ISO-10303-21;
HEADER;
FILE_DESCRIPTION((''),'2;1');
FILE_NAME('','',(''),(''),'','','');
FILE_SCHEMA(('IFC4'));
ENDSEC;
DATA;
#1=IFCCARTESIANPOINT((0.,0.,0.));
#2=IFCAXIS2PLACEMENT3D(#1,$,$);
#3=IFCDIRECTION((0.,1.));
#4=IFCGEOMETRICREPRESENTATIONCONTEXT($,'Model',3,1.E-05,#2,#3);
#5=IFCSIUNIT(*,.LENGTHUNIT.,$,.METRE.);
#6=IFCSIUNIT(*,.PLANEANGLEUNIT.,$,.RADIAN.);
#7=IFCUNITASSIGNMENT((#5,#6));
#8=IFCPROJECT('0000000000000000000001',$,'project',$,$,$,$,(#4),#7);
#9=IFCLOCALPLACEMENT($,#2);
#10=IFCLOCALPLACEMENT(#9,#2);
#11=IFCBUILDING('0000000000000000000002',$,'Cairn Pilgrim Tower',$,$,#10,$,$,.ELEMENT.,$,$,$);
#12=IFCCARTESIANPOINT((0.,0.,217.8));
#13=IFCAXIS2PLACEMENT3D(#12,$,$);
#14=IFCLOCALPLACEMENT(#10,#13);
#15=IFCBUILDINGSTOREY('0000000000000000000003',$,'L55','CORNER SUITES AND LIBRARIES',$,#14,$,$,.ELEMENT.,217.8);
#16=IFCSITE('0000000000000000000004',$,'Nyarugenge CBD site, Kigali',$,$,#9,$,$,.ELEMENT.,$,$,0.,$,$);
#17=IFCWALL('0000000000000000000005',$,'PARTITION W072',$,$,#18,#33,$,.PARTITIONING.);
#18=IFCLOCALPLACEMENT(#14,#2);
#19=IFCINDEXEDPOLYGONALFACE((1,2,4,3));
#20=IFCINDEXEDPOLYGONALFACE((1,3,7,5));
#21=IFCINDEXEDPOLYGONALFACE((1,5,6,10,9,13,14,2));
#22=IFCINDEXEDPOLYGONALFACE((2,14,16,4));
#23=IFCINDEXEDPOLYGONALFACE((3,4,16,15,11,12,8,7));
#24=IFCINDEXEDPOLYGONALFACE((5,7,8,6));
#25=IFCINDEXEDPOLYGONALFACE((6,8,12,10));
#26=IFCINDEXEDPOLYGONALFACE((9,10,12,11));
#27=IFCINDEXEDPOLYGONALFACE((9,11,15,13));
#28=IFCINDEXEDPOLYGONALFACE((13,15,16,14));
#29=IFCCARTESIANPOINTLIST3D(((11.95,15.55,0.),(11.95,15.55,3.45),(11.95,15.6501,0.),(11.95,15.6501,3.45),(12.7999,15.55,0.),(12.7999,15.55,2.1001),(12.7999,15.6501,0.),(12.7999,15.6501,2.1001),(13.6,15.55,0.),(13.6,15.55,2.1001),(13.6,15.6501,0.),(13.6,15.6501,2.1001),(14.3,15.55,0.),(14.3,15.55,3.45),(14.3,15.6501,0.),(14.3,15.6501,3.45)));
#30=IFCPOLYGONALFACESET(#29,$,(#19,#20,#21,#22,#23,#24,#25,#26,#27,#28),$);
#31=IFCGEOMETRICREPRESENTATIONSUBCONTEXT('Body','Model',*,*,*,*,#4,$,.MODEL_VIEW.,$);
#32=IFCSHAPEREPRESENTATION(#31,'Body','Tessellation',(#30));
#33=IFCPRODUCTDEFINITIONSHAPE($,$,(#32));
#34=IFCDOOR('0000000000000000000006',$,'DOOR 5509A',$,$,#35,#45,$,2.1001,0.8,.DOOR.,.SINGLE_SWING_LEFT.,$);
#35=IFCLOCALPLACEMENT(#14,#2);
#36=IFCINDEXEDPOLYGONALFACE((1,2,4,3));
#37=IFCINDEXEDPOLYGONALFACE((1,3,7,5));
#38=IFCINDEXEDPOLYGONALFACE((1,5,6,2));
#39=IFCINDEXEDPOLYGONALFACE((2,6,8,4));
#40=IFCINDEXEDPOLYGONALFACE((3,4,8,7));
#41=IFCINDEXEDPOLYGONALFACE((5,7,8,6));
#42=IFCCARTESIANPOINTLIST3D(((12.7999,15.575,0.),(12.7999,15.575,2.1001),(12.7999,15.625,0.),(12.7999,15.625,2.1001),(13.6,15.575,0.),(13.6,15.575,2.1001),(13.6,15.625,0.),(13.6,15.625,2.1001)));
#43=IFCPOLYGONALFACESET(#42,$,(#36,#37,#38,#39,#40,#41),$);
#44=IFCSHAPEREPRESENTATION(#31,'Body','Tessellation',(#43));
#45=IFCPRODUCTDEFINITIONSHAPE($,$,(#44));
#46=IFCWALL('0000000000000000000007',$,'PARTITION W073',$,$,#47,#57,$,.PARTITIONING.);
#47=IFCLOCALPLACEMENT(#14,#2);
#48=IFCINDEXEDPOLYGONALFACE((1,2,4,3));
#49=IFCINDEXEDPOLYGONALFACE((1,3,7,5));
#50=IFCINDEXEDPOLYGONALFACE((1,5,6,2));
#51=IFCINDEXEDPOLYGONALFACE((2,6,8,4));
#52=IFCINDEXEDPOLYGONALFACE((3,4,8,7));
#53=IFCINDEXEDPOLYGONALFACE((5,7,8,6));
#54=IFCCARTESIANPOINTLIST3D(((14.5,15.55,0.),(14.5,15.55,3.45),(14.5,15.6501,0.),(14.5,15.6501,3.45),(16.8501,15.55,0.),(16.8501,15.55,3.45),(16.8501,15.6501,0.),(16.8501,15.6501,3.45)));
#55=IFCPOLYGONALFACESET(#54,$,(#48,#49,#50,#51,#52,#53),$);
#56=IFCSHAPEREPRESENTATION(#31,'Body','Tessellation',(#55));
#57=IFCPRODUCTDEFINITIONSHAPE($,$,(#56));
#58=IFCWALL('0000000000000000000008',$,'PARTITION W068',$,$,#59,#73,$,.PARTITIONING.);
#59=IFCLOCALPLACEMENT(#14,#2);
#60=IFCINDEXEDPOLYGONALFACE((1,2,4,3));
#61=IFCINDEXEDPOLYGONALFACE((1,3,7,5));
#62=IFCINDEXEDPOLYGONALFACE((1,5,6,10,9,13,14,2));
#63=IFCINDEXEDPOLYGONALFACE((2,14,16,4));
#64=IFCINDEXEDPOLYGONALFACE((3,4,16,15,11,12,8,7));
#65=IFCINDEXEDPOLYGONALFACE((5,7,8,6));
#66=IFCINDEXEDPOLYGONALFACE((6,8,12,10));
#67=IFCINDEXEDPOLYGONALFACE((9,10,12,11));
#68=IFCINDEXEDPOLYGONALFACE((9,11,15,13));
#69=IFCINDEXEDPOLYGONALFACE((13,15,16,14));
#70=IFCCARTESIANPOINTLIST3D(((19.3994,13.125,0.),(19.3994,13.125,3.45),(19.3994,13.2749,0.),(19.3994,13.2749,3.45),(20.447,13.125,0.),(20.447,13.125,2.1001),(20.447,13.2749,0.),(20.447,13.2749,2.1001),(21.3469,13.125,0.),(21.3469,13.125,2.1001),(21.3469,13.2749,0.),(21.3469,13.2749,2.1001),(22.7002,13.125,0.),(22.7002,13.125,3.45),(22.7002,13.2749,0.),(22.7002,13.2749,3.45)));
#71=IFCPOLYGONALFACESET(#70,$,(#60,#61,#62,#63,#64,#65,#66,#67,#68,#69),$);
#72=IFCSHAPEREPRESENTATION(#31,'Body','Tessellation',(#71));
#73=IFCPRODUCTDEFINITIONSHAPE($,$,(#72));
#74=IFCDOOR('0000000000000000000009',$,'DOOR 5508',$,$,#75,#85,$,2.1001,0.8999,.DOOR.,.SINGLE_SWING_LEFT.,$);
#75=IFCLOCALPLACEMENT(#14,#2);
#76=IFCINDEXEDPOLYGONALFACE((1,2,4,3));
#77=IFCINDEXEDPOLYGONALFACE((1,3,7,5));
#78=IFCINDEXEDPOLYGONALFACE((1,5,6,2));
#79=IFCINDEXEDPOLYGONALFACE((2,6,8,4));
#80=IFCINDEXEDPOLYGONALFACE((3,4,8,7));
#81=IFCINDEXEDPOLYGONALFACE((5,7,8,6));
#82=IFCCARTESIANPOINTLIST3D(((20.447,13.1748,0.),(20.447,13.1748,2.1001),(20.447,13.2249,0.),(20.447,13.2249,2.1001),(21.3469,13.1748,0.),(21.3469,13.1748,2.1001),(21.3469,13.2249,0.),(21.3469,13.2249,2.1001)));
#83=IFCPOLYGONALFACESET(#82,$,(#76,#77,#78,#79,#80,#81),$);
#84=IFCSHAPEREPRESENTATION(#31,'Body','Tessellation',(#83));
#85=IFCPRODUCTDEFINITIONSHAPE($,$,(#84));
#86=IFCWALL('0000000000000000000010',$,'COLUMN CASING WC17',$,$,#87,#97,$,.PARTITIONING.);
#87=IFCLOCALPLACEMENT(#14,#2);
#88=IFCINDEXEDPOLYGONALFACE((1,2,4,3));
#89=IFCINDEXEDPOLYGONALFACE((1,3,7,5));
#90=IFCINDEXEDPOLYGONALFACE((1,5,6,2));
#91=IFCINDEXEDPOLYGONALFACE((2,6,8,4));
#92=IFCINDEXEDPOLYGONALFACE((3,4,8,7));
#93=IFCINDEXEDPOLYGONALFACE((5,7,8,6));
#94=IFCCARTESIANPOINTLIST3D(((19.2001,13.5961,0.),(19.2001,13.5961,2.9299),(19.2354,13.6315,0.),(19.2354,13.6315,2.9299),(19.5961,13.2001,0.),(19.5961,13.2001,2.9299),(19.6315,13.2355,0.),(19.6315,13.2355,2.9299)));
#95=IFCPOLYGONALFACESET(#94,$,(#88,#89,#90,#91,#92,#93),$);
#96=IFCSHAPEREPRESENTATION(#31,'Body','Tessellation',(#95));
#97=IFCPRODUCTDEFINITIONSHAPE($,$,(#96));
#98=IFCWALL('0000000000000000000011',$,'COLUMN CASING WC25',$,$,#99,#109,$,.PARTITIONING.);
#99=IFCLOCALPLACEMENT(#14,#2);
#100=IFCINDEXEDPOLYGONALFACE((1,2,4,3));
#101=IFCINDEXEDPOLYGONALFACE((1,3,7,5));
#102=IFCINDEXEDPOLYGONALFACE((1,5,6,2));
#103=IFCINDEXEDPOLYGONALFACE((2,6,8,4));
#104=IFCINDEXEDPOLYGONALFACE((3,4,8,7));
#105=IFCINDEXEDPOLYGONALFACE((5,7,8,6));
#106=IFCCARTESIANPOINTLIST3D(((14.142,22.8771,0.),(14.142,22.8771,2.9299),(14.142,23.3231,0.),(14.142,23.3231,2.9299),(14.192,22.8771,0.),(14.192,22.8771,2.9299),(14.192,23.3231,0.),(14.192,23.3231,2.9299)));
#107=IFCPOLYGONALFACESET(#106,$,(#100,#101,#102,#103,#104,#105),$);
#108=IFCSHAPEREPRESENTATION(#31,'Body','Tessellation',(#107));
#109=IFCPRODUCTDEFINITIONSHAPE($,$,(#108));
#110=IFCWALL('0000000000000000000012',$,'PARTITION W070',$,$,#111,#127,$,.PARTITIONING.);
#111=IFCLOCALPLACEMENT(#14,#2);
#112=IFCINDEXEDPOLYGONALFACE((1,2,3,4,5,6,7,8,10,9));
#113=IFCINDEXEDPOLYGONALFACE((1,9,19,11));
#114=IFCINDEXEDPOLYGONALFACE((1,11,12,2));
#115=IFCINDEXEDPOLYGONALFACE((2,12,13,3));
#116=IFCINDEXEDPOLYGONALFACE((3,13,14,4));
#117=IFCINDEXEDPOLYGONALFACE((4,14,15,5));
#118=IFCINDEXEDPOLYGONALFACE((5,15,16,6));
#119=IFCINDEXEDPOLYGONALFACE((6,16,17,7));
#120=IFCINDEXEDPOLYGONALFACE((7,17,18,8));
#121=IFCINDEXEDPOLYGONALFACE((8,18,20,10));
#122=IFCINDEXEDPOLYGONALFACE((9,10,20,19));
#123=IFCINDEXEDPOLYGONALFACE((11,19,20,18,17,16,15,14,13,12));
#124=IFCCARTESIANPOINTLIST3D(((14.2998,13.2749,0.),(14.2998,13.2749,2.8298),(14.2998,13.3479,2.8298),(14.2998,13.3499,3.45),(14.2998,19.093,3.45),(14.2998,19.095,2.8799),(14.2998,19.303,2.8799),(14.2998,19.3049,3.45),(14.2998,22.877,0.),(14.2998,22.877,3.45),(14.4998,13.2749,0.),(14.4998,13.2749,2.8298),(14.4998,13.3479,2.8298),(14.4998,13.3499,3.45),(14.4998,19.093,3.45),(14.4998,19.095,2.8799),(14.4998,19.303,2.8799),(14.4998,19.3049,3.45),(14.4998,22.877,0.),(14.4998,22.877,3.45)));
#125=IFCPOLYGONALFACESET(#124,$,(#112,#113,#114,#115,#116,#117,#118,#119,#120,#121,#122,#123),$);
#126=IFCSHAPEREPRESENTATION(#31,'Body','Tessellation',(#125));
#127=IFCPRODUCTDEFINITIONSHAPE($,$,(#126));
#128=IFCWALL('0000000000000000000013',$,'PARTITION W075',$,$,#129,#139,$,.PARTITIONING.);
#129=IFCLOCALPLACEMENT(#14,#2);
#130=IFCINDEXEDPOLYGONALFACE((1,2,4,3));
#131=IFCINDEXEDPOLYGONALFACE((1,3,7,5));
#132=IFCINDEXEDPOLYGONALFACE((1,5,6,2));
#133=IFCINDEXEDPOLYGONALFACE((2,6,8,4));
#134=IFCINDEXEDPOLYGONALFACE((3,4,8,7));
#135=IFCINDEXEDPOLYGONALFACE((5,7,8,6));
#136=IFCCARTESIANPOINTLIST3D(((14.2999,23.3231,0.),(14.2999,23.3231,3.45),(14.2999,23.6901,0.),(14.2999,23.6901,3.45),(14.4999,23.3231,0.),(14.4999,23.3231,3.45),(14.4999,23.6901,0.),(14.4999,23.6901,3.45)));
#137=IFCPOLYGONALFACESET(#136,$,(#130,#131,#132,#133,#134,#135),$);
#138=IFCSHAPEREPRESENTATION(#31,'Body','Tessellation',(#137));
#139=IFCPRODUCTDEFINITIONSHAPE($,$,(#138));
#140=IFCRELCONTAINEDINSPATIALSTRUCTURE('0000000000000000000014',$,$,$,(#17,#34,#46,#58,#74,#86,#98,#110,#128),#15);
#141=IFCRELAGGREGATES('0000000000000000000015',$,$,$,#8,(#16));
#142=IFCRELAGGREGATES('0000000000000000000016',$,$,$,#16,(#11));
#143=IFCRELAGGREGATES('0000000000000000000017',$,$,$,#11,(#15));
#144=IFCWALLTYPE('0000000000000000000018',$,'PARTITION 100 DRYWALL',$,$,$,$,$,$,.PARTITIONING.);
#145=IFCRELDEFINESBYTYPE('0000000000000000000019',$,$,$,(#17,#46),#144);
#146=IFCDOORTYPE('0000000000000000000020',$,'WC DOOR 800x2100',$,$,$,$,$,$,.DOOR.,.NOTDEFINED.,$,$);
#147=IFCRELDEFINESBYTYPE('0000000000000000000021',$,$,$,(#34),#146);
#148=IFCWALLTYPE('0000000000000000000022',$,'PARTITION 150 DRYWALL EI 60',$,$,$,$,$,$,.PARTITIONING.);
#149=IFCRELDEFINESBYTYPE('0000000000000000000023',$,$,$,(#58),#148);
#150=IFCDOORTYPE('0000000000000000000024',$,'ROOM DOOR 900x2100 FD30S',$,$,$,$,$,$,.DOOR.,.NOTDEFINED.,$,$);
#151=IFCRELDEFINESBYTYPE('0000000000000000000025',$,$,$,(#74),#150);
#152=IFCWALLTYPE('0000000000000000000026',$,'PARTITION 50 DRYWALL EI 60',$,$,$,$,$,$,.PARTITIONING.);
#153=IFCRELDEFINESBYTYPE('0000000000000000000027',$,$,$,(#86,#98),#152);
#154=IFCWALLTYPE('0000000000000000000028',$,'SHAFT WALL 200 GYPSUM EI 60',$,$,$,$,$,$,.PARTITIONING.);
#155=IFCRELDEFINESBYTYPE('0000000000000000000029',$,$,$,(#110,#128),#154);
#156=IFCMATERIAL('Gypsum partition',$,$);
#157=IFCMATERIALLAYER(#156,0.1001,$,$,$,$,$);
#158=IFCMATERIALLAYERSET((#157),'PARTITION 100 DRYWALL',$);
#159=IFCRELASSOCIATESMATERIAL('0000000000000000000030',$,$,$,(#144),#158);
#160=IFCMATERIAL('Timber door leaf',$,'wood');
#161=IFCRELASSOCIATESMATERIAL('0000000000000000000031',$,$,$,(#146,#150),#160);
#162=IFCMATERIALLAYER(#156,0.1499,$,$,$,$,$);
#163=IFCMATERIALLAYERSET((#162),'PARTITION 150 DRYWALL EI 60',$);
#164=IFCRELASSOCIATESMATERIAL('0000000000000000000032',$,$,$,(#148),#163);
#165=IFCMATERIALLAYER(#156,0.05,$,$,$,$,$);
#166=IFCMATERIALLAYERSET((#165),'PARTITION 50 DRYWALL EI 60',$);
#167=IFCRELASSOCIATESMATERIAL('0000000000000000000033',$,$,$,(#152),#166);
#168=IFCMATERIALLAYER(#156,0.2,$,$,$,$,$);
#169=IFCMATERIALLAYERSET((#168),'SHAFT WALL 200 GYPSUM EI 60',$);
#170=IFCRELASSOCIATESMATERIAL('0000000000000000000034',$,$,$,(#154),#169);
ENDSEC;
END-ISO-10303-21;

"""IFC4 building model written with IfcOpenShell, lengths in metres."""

from ifc_helpers import new_model, si_unit, direction, frame, frame_2d, origin, place, context, subcontext, project, spatial, polyline, rectangle, outline, extrude, material, layer, layer_set, type_object, element, fill, save


model = new_model("IFC4")

# Units and contexts
model_context = context("Model", 3, precision=1e-05, world=origin(), true_north=direction((0.0, 1.0)))
body_context = subcontext(model_context, "Body", "Model", "MODEL_VIEW")
ifc_project = project(units=[si_unit("LENGTHUNIT", "METRE"), si_unit("PLANEANGLEUNIT", "RADIAN")], contexts=[model_context])

# Site, building, storey
site_placement = place(None, origin())
site = spatial("IfcSite", under=ifc_project, at=site_placement, Name="Nyarugenge CBD site, Kigali", CompositionType="ELEMENT", RefElevation=0.0)
building_placement = place(site_placement, origin())
building = spatial("IfcBuilding", under=site, at=building_placement, Name="Cairn Pilgrim Tower", CompositionType="ELEMENT")
storey_placement = place(building_placement, frame((0.0, 0.0, 217.8)))
storey = spatial("IfcBuildingStorey", under=building, at=storey_placement, Name="L55", Description="CORNER SUITES AND LIBRARIES", CompositionType="ELEMENT", Elevation=217.8)

# Shared definitions
ifc_material_1 = material(Name="Gypsum partition")
ifc_layer_1 = layer(ifc_material_1, 0.1001)
ifc_layer_set_1 = layer_set([ifc_layer_1], Name="PARTITION 100 DRYWALL")
wall_type_1 = type_object("IfcWallType", Name="PARTITION 100 DRYWALL", PredefinedType="PARTITIONING", material=ifc_layer_set_1)

# Wall, opening, door
ifc_material_2 = material(Name="Timber door leaf", Category="wood")
door_type_1 = type_object("IfcDoorType", Name="WC DOOR 800x2100", OperationType="NOTDEFINED", PredefinedType="DOOR", material=ifc_material_2)
wall_1_placement = place(storey_placement, frame((11.95, 15.6001, 0.0), z_axis=(0.0, 0.0, 1.0), x_axis=(1.0, 0.0, 0.0)))
wall_1 = element("IfcWall", 1, at=wall_1_placement, inside=storey, type_object=wall_type_1, Name="PARTITION W072", PredefinedType="PARTITIONING", context=body_context, shape_type="SweptSolid", body=[
    extrude(rectangle(XDim=2.3501, YDim=0.1001, at=frame_2d((1.175, 0.0))), origin(), (0.0, 0.0, 1.0), 3.45),
])
opening_1_placement = place(wall_1_placement, frame((0.8501, 0.0, 0.0)))
opening_1 = element("IfcOpeningElement", 2, at=opening_1_placement, cuts=wall_1, PredefinedType="OPENING", context=body_context, shape_type="SweptSolid", body=[
    extrude(rectangle(XDim=0.8, YDim=2.1001, at=frame_2d((0.3999, 1.05))), frame((0.0, 0.0601, 0.0), z_axis=(0.0, -1.0, 0.0), x_axis=(1.0, 0.0, 0.0)), (0.0, 0.0, 1.0), 0.1201),
])
door_1_placement = place(opening_1_placement, origin())
door_1 = element("IfcDoor", 3, at=door_1_placement, inside=storey, type_object=door_type_1, Name="DOOR 5509A", OperationType="SINGLE_SWING_LEFT", OverallHeight=2.1001, OverallWidth=0.8, PredefinedType="DOOR", context=body_context, shape_type="SweptSolid", body=[
    extrude(rectangle(XDim=0.8, YDim=2.1001, at=frame_2d((0.3999, 1.05))), frame((0.0, 0.0249, 0.0), z_axis=(0.0, -1.0, 0.0), x_axis=(1.0, 0.0, 0.0)), (0.0, 0.0, 1.0), 0.05),
])
fill(opening_1, door_1)

# Wall
wall_2_placement = place(storey_placement, frame((14.5, 15.6001, 0.0), z_axis=(0.0, 0.0, 1.0), x_axis=(1.0, 0.0, 0.0)))
element("IfcWall", 4, at=wall_2_placement, inside=storey, type_object=wall_type_1, Name="PARTITION W073", PredefinedType="PARTITIONING", context=body_context, shape_type="SweptSolid", body=[
    extrude(rectangle(XDim=2.3501, YDim=0.1001, at=frame_2d((1.175, 0.0))), origin(), (0.0, 0.0, 1.0), 3.45),
])

# Wall, opening, door
ifc_layer_2 = layer(ifc_material_1, 0.1499)
ifc_layer_set_2 = layer_set([ifc_layer_2], Name="PARTITION 150 DRYWALL EI 60")
wall_type_2 = type_object("IfcWallType", Name="PARTITION 150 DRYWALL EI 60", PredefinedType="PARTITIONING", material=ifc_layer_set_2)
wall_3_placement = place(storey_placement, frame((19.3994, 13.2, 0.0), z_axis=(0.0, 0.0, 1.0), x_axis=(1.0, 0.0, 0.0)))
wall_3 = element("IfcWall", 5, at=wall_3_placement, inside=storey, type_object=wall_type_2, Name="PARTITION W068", PredefinedType="PARTITIONING", context=body_context, shape_type="SweptSolid", body=[
    extrude(rectangle(XDim=3.3008, YDim=0.1499, at=frame_2d((1.6504, 0.0))), origin(), (0.0, 0.0, 1.0), 3.45),
])
opening_2_placement = place(wall_3_placement, frame((1.0476, 0.0, 0.0)))
opening_2 = element("IfcOpeningElement", 6, at=opening_2_placement, cuts=wall_3, PredefinedType="OPENING", context=body_context, shape_type="SweptSolid", body=[
    extrude(rectangle(XDim=0.8999, YDim=2.1001, at=frame_2d((0.45, 1.05))), frame((0.0, 0.085, 0.0), z_axis=(0.0, -1.0, 0.0), x_axis=(1.0, 0.0, 0.0)), (0.0, 0.0, 1.0), 0.1699),
])
door_type_2 = type_object("IfcDoorType", Name="ROOM DOOR 900x2100 FD30S", OperationType="NOTDEFINED", PredefinedType="DOOR", material=ifc_material_2)
door_2_placement = place(opening_2_placement, origin())
door_2 = element("IfcDoor", 7, at=door_2_placement, inside=storey, type_object=door_type_2, Name="DOOR 5508", OperationType="SINGLE_SWING_LEFT", OverallHeight=2.1001, OverallWidth=0.8999, PredefinedType="DOOR", context=body_context, shape_type="SweptSolid", body=[
    extrude(rectangle(XDim=0.8999, YDim=2.1001, at=frame_2d((0.45, 1.05))), frame((0.0, 0.0249, 0.0), z_axis=(0.0, -1.0, 0.0), x_axis=(1.0, 0.0, 0.0)), (0.0, 0.0, 1.0), 0.05),
])
fill(opening_2, door_2)

# Walls
ifc_layer_3 = layer(ifc_material_1, 0.05)
ifc_layer_set_3 = layer_set([ifc_layer_3], Name="PARTITION 50 DRYWALL EI 60")
wall_type_3 = type_object("IfcWallType", Name="PARTITION 50 DRYWALL EI 60", PredefinedType="PARTITIONING", material=ifc_layer_set_3)
wall_4_placement = place(storey_placement, frame((19.6138, 13.2178, 0.0), z_axis=(0.0, 0.0, 1.0), x_axis=(-0.707107, 0.707107, 0.0)))
element("IfcWall", 8, at=wall_4_placement, inside=storey, type_object=wall_type_3, Name="COLUMN CASING WC17", PredefinedType="PARTITIONING", context=body_context, shape_type="SweptSolid", body=[
    extrude(rectangle(XDim=0.5601, YDim=0.05, at=frame_2d((0.28, 0.0))), origin(), (0.0, 0.0, 1.0), 2.9299),
])
wall_5_placement = place(storey_placement, frame((14.167, 22.877, 0.0), z_axis=(0.0, 0.0, 1.0), x_axis=(0.0, 1.0, 0.0)))
element("IfcWall", 9, at=wall_5_placement, inside=storey, type_object=wall_type_3, Name="COLUMN CASING WC25", PredefinedType="PARTITIONING", context=body_context, shape_type="SweptSolid", body=[
    extrude(rectangle(XDim=0.446, YDim=0.05, at=frame_2d((0.2231, 0.0))), origin(), (0.0, 0.0, 1.0), 2.9299),
])
ifc_layer_4 = layer(ifc_material_1, 0.2)
ifc_layer_set_4 = layer_set([ifc_layer_4], Name="SHAFT WALL 200 GYPSUM EI 60")
wall_type_4 = type_object("IfcWallType", Name="SHAFT WALL 200 GYPSUM EI 60", PredefinedType="PARTITIONING", material=ifc_layer_set_4)
wall_6_placement = place(storey_placement, frame((14.3999, 13.2749, 0.0), z_axis=(0.0, 0.0, 1.0), x_axis=(0.0, 1.0, 0.0)))
element("IfcWall", 10, at=wall_6_placement, inside=storey, type_object=wall_type_4, Name="PARTITION W070", PredefinedType="PARTITIONING", context=body_context, shape_type="SweptSolid", body=[
    extrude(outline(polyline([(0.0, 0.0), (9.6021, 0.0), (9.6021, 3.45), (6.03, 3.45), (6.0281, 2.8799), (5.8201, 2.8799), (5.8181, 3.45), (0.075, 3.45), (0.073, 2.8298), (0.0, 2.8298), (0.0, 0.0)])), frame((0.0, 0.1001, 0.0), z_axis=(0.0, -1.0, 0.0), x_axis=(1.0, 0.0, 0.0)), (0.0, 0.0, 1.0), 0.2),
])
wall_7_placement = place(storey_placement, frame((14.3999, 23.323, 0.0), z_axis=(0.0, 0.0, 1.0), x_axis=(0.0, 1.0, 0.0)))
element("IfcWall", 11, at=wall_7_placement, inside=storey, type_object=wall_type_4, Name="PARTITION W075", PredefinedType="PARTITIONING", context=body_context, shape_type="SweptSolid", body=[
    extrude(rectangle(XDim=0.3669, YDim=0.2, at=frame_2d((0.1836, 0.0))), origin(), (0.0, 0.0, 1.0), 3.45),
])

save(model, "model.ifc")
